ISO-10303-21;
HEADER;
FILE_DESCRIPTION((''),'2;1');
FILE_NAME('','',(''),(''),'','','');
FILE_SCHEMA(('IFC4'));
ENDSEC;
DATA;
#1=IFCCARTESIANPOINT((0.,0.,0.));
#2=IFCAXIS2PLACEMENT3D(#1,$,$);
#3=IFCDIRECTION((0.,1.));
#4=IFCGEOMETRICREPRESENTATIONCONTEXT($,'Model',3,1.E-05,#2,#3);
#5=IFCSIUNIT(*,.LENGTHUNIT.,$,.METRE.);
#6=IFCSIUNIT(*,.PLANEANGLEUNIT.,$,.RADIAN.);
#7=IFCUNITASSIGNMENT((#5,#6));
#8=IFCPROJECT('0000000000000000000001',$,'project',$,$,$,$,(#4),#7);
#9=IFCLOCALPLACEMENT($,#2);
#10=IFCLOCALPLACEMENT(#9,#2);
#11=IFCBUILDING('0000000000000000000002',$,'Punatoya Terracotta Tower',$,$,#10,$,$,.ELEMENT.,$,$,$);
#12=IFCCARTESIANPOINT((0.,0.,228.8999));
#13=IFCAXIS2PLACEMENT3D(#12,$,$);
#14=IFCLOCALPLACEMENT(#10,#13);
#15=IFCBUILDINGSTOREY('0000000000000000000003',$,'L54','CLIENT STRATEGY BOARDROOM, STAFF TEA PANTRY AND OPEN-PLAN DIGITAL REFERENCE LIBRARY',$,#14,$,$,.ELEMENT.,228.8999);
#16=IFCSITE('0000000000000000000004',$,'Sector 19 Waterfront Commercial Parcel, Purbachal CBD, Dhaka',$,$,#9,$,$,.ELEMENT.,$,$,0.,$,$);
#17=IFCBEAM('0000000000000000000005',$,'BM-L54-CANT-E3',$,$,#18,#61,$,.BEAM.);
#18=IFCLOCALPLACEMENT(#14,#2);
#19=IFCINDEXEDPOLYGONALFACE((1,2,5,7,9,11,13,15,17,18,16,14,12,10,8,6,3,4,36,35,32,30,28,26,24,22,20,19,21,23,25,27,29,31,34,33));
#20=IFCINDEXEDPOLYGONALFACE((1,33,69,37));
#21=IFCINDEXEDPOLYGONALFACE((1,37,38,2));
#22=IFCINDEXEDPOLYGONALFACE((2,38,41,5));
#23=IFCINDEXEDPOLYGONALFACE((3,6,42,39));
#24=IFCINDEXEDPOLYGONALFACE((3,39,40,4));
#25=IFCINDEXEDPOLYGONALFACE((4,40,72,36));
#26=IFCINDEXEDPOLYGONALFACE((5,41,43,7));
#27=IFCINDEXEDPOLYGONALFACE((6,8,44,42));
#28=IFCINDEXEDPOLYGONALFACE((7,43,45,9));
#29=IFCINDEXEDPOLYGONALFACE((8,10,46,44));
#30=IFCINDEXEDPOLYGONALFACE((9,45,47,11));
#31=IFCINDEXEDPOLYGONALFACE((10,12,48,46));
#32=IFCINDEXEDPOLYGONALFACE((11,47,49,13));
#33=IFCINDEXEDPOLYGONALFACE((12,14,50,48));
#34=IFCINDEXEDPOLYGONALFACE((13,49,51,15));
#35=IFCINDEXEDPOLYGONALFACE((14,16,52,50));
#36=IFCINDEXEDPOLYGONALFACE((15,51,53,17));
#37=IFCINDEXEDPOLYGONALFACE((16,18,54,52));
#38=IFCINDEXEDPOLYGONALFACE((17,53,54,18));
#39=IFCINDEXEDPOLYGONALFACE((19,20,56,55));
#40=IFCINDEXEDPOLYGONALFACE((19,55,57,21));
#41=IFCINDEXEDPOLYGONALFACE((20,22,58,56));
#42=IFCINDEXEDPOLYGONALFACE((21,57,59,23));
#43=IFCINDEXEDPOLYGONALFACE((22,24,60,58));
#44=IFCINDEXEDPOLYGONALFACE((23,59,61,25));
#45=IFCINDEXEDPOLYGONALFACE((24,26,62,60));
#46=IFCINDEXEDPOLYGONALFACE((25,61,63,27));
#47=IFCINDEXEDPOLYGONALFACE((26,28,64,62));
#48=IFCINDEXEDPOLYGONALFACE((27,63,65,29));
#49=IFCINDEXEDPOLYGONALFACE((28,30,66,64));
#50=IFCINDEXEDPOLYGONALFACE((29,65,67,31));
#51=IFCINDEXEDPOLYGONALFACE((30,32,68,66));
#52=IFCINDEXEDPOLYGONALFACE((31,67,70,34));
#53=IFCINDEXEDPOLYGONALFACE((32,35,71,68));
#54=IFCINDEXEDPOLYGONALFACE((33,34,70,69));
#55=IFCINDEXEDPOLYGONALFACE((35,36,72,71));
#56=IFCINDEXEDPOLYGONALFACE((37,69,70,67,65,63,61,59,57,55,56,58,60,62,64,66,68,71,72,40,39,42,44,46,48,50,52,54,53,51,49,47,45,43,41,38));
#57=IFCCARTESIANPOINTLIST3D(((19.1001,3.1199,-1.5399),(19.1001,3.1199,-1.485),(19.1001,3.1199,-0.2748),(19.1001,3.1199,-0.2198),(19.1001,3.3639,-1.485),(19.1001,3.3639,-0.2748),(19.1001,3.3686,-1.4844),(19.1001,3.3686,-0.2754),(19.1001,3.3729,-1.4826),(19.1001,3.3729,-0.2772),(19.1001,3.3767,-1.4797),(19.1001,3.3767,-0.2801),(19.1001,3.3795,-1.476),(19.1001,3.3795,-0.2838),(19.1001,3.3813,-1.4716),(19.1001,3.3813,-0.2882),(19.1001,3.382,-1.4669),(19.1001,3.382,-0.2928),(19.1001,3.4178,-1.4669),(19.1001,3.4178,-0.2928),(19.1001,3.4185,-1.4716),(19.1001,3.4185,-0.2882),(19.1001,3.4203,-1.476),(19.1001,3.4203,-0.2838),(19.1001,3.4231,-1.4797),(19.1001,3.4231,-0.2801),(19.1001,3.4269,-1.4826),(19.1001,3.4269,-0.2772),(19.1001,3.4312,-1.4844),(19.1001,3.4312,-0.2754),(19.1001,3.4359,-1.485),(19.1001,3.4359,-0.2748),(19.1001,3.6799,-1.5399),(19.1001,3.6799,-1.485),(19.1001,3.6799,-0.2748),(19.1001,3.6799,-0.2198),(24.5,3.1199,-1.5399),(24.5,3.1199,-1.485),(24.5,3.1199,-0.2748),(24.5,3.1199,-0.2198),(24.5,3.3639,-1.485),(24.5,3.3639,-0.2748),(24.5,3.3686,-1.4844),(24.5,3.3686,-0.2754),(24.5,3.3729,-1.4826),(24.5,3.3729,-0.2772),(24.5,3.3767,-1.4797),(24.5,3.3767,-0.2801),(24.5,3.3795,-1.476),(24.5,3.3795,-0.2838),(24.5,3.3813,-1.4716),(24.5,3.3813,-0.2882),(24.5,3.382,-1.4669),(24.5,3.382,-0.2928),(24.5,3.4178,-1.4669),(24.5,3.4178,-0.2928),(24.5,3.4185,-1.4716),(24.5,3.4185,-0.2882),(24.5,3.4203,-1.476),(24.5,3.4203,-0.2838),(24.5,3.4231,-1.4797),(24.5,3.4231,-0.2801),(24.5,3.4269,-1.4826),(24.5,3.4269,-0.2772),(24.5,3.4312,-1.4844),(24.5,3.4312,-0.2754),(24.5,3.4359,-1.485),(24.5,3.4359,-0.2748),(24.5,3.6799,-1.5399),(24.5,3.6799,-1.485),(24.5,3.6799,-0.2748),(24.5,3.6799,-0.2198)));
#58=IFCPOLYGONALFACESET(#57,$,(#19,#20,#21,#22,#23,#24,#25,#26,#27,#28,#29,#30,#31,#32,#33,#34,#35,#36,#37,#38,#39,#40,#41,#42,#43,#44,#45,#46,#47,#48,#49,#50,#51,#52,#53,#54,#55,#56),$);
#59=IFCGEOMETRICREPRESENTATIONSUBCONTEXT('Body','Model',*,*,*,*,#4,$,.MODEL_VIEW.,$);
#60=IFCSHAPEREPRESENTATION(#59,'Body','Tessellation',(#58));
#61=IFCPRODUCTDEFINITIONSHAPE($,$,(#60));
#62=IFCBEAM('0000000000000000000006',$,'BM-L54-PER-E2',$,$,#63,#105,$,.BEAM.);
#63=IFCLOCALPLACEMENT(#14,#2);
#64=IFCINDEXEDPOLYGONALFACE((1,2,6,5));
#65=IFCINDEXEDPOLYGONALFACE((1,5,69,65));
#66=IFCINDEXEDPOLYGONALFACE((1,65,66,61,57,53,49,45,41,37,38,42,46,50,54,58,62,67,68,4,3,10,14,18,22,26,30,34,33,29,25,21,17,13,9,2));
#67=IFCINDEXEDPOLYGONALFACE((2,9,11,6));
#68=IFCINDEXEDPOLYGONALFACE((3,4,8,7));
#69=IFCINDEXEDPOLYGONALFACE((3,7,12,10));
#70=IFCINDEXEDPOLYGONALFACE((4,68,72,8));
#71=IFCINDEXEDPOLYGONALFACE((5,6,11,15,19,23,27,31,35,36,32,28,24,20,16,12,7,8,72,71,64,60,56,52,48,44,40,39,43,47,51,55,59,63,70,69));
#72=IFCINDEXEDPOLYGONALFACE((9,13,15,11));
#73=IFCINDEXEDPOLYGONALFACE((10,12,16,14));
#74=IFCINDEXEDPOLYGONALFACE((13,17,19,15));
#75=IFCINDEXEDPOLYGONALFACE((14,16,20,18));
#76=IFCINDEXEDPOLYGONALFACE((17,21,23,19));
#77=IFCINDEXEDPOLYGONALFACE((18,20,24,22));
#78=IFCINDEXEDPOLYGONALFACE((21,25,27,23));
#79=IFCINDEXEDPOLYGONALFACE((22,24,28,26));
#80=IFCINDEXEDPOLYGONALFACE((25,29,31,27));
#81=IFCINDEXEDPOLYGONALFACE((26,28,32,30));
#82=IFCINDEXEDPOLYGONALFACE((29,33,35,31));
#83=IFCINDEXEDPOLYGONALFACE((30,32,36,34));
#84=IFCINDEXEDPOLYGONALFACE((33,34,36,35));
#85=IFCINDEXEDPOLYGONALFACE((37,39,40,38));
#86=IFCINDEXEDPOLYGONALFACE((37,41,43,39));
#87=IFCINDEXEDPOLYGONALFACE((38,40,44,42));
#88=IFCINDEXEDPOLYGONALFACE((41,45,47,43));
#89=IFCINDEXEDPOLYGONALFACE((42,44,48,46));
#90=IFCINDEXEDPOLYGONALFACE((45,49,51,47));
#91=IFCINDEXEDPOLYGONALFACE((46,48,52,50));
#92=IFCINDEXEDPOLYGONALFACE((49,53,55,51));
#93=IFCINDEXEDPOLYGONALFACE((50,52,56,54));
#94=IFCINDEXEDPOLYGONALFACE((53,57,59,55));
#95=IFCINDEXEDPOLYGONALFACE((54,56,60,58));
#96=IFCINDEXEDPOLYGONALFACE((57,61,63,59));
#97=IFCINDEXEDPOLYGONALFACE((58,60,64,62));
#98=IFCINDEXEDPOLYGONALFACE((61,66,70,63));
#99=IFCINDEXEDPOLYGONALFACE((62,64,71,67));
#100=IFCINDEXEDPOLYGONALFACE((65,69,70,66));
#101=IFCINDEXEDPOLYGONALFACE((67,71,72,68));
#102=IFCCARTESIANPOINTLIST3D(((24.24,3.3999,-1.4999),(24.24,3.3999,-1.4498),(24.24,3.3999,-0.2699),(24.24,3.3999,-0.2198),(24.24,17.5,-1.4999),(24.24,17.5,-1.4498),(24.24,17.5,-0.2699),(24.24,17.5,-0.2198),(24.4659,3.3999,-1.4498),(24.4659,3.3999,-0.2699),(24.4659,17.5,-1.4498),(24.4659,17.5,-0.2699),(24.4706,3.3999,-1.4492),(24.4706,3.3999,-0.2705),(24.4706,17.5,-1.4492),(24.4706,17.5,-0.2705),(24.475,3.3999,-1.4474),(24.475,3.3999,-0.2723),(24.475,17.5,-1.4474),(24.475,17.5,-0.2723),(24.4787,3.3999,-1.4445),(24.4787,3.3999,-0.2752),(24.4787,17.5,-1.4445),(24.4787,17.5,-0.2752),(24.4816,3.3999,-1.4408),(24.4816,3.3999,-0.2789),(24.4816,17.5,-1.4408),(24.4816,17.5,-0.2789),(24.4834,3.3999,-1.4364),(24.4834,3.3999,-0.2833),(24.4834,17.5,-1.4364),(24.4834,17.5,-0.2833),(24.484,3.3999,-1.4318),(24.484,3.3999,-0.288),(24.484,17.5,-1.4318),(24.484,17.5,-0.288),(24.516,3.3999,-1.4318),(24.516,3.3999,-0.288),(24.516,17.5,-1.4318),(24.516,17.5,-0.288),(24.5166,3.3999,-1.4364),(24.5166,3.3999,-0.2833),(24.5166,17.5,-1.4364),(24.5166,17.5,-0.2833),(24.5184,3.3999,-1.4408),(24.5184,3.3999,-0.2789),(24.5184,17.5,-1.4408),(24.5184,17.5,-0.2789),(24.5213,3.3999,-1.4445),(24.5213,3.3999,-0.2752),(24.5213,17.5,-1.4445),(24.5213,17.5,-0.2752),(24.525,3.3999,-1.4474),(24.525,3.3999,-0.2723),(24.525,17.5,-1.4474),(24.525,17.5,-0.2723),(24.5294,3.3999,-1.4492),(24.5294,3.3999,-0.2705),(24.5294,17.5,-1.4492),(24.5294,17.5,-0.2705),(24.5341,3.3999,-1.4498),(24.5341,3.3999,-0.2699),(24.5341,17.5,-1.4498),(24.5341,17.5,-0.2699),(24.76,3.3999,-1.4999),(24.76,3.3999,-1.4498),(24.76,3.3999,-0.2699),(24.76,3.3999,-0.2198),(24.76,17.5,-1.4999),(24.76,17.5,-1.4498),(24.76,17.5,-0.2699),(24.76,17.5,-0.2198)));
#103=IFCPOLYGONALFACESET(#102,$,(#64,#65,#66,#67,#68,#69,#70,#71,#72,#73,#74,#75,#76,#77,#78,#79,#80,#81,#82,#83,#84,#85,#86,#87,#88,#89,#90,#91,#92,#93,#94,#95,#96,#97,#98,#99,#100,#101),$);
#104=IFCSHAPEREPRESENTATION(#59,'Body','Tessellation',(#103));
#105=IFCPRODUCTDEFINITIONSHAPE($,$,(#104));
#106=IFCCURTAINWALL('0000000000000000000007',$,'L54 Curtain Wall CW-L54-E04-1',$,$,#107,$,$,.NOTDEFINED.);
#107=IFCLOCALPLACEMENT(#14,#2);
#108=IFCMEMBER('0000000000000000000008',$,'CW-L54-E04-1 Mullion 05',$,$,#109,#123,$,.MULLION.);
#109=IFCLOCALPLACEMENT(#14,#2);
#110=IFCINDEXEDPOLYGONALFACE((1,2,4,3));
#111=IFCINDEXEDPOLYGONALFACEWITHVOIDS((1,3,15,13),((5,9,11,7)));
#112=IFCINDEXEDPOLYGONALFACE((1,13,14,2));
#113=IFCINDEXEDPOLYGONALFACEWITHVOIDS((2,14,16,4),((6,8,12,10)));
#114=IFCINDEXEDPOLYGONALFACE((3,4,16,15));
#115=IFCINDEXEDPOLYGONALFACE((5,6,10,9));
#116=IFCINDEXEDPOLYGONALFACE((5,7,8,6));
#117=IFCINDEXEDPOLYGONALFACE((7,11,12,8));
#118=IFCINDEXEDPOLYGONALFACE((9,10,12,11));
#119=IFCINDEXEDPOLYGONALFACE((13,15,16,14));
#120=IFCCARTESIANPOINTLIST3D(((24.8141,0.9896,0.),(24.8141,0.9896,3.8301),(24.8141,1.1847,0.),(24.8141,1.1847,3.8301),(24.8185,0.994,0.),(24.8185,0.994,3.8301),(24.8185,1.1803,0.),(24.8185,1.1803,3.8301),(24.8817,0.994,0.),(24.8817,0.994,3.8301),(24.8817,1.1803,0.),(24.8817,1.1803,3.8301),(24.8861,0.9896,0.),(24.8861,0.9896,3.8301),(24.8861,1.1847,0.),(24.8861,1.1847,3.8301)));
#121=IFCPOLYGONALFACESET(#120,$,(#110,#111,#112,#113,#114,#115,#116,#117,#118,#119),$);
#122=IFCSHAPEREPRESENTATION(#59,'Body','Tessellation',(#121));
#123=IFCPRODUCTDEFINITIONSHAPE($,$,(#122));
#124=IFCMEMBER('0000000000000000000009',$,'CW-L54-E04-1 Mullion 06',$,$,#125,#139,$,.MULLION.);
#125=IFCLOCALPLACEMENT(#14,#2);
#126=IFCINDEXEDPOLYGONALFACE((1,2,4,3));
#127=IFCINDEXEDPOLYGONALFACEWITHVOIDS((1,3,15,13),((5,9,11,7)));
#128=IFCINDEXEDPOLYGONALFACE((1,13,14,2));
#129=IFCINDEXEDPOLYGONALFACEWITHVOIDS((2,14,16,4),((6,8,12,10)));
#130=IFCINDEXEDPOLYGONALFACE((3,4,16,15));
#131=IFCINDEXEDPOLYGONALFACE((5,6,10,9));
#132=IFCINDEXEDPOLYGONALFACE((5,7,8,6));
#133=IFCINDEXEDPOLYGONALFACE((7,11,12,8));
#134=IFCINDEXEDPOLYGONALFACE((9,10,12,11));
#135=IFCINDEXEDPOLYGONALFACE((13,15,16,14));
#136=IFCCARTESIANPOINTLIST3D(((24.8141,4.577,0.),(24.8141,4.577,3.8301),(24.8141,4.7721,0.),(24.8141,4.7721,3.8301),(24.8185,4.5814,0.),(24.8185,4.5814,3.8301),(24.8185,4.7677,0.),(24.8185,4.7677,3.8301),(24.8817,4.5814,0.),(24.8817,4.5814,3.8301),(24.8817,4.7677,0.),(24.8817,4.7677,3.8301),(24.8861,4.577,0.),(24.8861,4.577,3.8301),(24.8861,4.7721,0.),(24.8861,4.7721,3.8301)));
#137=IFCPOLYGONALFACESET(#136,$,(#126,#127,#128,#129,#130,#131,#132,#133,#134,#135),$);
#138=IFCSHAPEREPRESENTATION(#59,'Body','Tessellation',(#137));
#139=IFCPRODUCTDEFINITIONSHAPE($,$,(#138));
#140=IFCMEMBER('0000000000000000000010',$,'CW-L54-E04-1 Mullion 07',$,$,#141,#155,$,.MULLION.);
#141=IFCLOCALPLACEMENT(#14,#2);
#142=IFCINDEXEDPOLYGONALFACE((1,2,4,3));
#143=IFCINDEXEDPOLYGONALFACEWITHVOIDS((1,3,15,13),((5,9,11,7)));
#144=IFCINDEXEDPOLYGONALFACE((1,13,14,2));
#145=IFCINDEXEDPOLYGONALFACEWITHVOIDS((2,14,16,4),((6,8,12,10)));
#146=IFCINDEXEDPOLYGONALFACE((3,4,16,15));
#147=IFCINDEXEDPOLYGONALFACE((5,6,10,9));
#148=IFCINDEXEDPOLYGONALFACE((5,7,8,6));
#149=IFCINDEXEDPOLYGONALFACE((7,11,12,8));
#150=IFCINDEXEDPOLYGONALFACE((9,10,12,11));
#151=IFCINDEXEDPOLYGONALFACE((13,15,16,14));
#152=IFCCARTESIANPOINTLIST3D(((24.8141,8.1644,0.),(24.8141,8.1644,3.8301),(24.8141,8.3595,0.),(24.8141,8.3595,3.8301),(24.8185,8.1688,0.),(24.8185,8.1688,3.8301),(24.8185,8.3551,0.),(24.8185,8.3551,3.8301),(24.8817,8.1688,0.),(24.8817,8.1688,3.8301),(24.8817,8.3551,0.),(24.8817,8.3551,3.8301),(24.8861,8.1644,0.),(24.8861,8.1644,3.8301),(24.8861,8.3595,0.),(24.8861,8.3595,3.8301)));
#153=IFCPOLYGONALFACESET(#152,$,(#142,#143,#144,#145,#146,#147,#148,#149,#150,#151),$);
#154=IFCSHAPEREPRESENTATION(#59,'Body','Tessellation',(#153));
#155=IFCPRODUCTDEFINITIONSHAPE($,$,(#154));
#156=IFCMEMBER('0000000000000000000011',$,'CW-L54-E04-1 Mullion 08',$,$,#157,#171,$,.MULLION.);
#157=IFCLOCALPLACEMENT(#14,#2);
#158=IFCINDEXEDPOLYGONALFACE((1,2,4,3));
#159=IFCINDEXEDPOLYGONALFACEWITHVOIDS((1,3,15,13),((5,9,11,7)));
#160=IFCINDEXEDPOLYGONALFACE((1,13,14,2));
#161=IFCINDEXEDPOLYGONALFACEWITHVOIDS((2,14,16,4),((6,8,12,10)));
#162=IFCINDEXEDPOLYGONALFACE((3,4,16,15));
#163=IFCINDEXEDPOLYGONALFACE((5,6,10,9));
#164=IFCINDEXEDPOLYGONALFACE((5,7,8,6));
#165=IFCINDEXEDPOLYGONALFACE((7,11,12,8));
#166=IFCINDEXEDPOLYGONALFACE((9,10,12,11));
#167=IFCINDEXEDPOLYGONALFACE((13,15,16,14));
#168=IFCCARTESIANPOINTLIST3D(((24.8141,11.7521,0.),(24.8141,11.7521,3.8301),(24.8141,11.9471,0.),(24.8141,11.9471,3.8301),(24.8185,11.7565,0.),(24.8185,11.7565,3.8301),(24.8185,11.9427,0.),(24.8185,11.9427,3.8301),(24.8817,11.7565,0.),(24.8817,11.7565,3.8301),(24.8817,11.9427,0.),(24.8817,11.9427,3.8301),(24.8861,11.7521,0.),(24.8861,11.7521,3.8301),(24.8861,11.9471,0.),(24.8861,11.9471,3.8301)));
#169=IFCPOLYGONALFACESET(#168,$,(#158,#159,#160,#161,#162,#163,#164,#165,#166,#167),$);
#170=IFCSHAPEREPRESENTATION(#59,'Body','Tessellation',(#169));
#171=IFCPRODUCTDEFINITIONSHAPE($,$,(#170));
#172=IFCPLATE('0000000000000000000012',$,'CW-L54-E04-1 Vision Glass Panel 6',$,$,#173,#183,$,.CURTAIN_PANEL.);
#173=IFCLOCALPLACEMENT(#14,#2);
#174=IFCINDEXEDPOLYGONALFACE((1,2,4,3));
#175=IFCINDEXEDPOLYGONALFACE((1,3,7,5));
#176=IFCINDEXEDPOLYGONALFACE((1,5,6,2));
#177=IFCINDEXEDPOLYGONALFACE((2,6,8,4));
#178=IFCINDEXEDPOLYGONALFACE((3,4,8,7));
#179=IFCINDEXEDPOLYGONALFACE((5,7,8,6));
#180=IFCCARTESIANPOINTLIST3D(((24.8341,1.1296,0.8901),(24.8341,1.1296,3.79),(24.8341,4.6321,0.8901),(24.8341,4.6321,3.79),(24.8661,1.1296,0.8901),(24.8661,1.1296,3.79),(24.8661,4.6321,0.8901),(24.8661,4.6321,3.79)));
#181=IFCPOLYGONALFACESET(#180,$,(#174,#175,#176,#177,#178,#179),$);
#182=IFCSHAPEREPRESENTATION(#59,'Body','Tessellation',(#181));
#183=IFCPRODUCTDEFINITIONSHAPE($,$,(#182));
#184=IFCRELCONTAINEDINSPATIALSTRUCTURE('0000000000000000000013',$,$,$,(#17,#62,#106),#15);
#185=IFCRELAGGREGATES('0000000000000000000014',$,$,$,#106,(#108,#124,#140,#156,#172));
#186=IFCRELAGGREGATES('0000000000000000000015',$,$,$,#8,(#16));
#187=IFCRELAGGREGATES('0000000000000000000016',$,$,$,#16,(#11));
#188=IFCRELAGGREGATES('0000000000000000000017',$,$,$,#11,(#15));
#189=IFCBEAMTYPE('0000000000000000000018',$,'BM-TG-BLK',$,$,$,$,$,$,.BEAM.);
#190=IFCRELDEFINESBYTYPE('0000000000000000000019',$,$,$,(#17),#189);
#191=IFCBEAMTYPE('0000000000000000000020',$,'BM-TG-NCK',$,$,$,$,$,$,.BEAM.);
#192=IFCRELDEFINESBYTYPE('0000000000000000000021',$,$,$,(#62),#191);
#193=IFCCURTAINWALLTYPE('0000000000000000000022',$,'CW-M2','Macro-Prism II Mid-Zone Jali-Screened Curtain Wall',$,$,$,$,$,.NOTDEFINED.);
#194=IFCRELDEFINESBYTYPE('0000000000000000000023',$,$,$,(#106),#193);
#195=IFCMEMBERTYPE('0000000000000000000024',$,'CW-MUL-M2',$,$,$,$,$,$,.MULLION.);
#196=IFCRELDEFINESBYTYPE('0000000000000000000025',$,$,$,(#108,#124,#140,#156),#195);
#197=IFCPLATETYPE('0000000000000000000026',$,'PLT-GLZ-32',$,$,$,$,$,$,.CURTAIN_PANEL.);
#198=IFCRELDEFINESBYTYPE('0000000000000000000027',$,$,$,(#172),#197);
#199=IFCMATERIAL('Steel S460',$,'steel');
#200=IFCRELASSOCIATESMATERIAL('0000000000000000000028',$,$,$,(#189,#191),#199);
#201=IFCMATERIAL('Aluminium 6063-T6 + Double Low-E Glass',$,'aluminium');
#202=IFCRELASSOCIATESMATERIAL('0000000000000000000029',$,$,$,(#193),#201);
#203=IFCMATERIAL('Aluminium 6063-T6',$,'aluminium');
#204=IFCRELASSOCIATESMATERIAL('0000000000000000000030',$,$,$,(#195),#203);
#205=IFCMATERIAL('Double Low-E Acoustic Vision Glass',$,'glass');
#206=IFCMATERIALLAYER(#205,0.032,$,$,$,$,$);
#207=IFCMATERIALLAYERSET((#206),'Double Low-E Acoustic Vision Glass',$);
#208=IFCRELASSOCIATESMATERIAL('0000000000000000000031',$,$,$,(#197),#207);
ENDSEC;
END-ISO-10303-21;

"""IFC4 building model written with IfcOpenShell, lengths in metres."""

from ifc_helpers import new_model, si_unit, direction, frame, origin, origin_2d, place, context, subcontext, project, spatial, rectangle, hollow_rectangle, i_section, extrude, material, layer, layer_set, material_profile, profile_set, type_object, element, aggregate, save


model = new_model("IFC4")

# Units and contexts
model_context = context("Model", 3, precision=1e-05, world=origin(), true_north=direction((0.0, 1.0)))
body_context = subcontext(model_context, "Body", "Model", "MODEL_VIEW")
ifc_project = project(units=[si_unit("LENGTHUNIT", "METRE"), si_unit("PLANEANGLEUNIT", "RADIAN")], contexts=[model_context])

# Site, building, storey
site_placement = place(None, origin())
site = spatial("IfcSite", under=ifc_project, at=site_placement, Name="Sector 19 Waterfront Commercial Parcel, Purbachal CBD, Dhaka", CompositionType="ELEMENT", RefElevation=0.0)
building_placement = place(site_placement, origin())
building = spatial("IfcBuilding", under=site, at=building_placement, Name="Punatoya Terracotta Tower", CompositionType="ELEMENT")
storey_placement = place(building_placement, frame((0.0, 0.0, 228.8999)))
storey = spatial("IfcBuildingStorey", under=building, at=storey_placement, Name="L54", Description="CLIENT STRATEGY BOARDROOM, STAFF TEA PANTRY AND OPEN-PLAN DIGITAL REFERENCE LIBRARY", CompositionType="ELEMENT", Elevation=228.8999)

# Shared definitions
ifc_material_1 = material(Name="Steel S460", Category="steel")

# Beams
ifc_material_profile_1 = material_profile(ifc_material_1, i_section(OverallWidth=0.5601, OverallDepth=1.3201, WebThickness=0.0359, FlangeThickness=0.0549, FilletRadius=0.0181, at=origin_2d()))
ifc_profile_set_1 = profile_set([ifc_material_profile_1], Name="Steel S460")
beam_type_1 = type_object("IfcBeamType", Name="BM-TG-BLK", PredefinedType="BEAM", material=ifc_profile_set_1)
beam_1_placement = place(storey_placement, frame((19.1001, 3.3999, -0.8799), z_axis=(1.0, 0.0, 0.0), x_axis=(0.0, 1.0, 0.0)))
element("IfcBeam", 1, at=beam_1_placement, inside=storey, type_object=beam_type_1, Name="BM-L54-CANT-E3", PredefinedType="BEAM", context=body_context, shape_type="SweptSolid", body=[
    extrude(i_section(OverallWidth=0.5601, OverallDepth=1.3201, WebThickness=0.0359, FlangeThickness=0.0549, FilletRadius=0.0181, at=origin_2d()), origin(), (0.0, 0.0, 1.0), 5.3999),
])
ifc_material_profile_2 = material_profile(ifc_material_1, i_section(OverallWidth=0.52, OverallDepth=1.28, WebThickness=0.032, FlangeThickness=0.05, FilletRadius=0.0181, at=origin_2d()))
ifc_profile_set_2 = profile_set([ifc_material_profile_2], Name="Steel S460")
beam_type_2 = type_object("IfcBeamType", Name="BM-TG-NCK", PredefinedType="BEAM", material=ifc_profile_set_2)
beam_2_placement = place(storey_placement, frame((24.5, 3.3999, -0.8599), z_axis=(0.0, 1.0, 0.0), x_axis=(-1.0, 0.0, 0.0)))
element("IfcBeam", 2, at=beam_2_placement, inside=storey, type_object=beam_type_2, Name="BM-L54-PER-E2", PredefinedType="BEAM", context=body_context, shape_type="SweptSolid", body=[
    extrude(i_section(OverallWidth=0.52, OverallDepth=1.28, WebThickness=0.032, FlangeThickness=0.05, FilletRadius=0.0181, at=origin_2d()), origin(), (0.0, 0.0, 1.0), 14.1001),
])

# Curtain wall, members, plate
ifc_material_2 = material(Name="Aluminium 6063-T6 + Double Low-E Glass", Category="aluminium")
curtain_wall_type = type_object("IfcCurtainWallType", Name="CW-M2", Description="Macro-Prism II Mid-Zone Jali-Screened Curtain Wall", PredefinedType="NOTDEFINED", material=ifc_material_2)
curtain_wall_placement = place(storey_placement, origin())
curtain_wall = element("IfcCurtainWall", 3, at=curtain_wall_placement, inside=storey, type_object=curtain_wall_type, Name="L54 Curtain Wall CW-L54-E04-1", PredefinedType="NOTDEFINED")
ifc_material_3 = material(Name="Aluminium 6063-T6", Category="aluminium")
ifc_material_profile_3 = material_profile(ifc_material_3, hollow_rectangle(XDim=0.072, YDim=0.1951, WallThickness=0.0044, at=origin_2d()))
ifc_profile_set_3 = profile_set([ifc_material_profile_3], Name="Aluminium 6063-T6")
member_type = type_object("IfcMemberType", Name="CW-MUL-M2", PredefinedType="MULLION", material=ifc_profile_set_3)
member_1_placement = place(storey_placement, frame((24.8501, 1.0872, 0.0), z_axis=(0.0, 0.0, 1.0), x_axis=(1.0, 0.0, 0.0)))
member_1 = element("IfcMember", 4, at=member_1_placement, type_object=member_type, Name="CW-L54-E04-1 Mullion 05", PredefinedType="MULLION", context=body_context, shape_type="SweptSolid", body=[
    extrude(hollow_rectangle(XDim=0.072, YDim=0.1951, WallThickness=0.0044, at=origin_2d()), origin(), (0.0, 0.0, 1.0), 3.8301),
])
member_2_placement = place(storey_placement, frame((24.8501, 4.6746, 0.0), z_axis=(0.0, 0.0, 1.0), x_axis=(1.0, 0.0, 0.0)))
member_2 = element("IfcMember", 5, at=member_2_placement, type_object=member_type, Name="CW-L54-E04-1 Mullion 06", PredefinedType="MULLION", context=body_context, shape_type="SweptSolid", body=[
    extrude(hollow_rectangle(XDim=0.072, YDim=0.1951, WallThickness=0.0044, at=origin_2d()), origin(), (0.0, 0.0, 1.0), 3.8301),
])
member_3_placement = place(storey_placement, frame((24.8501, 8.262, 0.0), z_axis=(0.0, 0.0, 1.0), x_axis=(1.0, 0.0, 0.0)))
member_3 = element("IfcMember", 6, at=member_3_placement, type_object=member_type, Name="CW-L54-E04-1 Mullion 07", PredefinedType="MULLION", context=body_context, shape_type="SweptSolid", body=[
    extrude(hollow_rectangle(XDim=0.072, YDim=0.1951, WallThickness=0.0044, at=origin_2d()), origin(), (0.0, 0.0, 1.0), 3.8301),
])
member_4_placement = place(storey_placement, frame((24.8501, 11.8496, 0.0), z_axis=(0.0, 0.0, 1.0), x_axis=(1.0, 0.0, 0.0)))
member_4 = element("IfcMember", 7, at=member_4_placement, type_object=member_type, Name="CW-L54-E04-1 Mullion 08", PredefinedType="MULLION", context=body_context, shape_type="SweptSolid", body=[
    extrude(hollow_rectangle(XDim=0.072, YDim=0.1951, WallThickness=0.0044, at=origin_2d()), origin(), (0.0, 0.0, 1.0), 3.8301),
])
ifc_material_4 = material(Name="Double Low-E Acoustic Vision Glass", Category="glass")
ifc_layer_1 = layer(ifc_material_4, 0.032)
ifc_layer_set_1 = layer_set([ifc_layer_1], Name="Double Low-E Acoustic Vision Glass")
plate_type_1 = type_object("IfcPlateType", Name="PLT-GLZ-32", PredefinedType="CURTAIN_PANEL", material=ifc_layer_set_1)
plate_1_placement = place(storey_placement, frame((24.8501, 2.8809, 0.8901), z_axis=(0.0, 0.0, 1.0), x_axis=(0.0, 1.0, 0.0)))
plate_1 = element("IfcPlate", 8, at=plate_1_placement, type_object=plate_type_1, Name="CW-L54-E04-1 Vision Glass Panel 6", PredefinedType="CURTAIN_PANEL", context=body_context, shape_type="SweptSolid", body=[
    extrude(rectangle(XDim=3.5024, YDim=0.032, at=origin_2d()), origin(), (0.0, 0.0, 1.0), 2.8999),
])
aggregate(curtain_wall, [member_1, member_2, member_3, member_4, plate_1])

save(model, "model.ifc")
